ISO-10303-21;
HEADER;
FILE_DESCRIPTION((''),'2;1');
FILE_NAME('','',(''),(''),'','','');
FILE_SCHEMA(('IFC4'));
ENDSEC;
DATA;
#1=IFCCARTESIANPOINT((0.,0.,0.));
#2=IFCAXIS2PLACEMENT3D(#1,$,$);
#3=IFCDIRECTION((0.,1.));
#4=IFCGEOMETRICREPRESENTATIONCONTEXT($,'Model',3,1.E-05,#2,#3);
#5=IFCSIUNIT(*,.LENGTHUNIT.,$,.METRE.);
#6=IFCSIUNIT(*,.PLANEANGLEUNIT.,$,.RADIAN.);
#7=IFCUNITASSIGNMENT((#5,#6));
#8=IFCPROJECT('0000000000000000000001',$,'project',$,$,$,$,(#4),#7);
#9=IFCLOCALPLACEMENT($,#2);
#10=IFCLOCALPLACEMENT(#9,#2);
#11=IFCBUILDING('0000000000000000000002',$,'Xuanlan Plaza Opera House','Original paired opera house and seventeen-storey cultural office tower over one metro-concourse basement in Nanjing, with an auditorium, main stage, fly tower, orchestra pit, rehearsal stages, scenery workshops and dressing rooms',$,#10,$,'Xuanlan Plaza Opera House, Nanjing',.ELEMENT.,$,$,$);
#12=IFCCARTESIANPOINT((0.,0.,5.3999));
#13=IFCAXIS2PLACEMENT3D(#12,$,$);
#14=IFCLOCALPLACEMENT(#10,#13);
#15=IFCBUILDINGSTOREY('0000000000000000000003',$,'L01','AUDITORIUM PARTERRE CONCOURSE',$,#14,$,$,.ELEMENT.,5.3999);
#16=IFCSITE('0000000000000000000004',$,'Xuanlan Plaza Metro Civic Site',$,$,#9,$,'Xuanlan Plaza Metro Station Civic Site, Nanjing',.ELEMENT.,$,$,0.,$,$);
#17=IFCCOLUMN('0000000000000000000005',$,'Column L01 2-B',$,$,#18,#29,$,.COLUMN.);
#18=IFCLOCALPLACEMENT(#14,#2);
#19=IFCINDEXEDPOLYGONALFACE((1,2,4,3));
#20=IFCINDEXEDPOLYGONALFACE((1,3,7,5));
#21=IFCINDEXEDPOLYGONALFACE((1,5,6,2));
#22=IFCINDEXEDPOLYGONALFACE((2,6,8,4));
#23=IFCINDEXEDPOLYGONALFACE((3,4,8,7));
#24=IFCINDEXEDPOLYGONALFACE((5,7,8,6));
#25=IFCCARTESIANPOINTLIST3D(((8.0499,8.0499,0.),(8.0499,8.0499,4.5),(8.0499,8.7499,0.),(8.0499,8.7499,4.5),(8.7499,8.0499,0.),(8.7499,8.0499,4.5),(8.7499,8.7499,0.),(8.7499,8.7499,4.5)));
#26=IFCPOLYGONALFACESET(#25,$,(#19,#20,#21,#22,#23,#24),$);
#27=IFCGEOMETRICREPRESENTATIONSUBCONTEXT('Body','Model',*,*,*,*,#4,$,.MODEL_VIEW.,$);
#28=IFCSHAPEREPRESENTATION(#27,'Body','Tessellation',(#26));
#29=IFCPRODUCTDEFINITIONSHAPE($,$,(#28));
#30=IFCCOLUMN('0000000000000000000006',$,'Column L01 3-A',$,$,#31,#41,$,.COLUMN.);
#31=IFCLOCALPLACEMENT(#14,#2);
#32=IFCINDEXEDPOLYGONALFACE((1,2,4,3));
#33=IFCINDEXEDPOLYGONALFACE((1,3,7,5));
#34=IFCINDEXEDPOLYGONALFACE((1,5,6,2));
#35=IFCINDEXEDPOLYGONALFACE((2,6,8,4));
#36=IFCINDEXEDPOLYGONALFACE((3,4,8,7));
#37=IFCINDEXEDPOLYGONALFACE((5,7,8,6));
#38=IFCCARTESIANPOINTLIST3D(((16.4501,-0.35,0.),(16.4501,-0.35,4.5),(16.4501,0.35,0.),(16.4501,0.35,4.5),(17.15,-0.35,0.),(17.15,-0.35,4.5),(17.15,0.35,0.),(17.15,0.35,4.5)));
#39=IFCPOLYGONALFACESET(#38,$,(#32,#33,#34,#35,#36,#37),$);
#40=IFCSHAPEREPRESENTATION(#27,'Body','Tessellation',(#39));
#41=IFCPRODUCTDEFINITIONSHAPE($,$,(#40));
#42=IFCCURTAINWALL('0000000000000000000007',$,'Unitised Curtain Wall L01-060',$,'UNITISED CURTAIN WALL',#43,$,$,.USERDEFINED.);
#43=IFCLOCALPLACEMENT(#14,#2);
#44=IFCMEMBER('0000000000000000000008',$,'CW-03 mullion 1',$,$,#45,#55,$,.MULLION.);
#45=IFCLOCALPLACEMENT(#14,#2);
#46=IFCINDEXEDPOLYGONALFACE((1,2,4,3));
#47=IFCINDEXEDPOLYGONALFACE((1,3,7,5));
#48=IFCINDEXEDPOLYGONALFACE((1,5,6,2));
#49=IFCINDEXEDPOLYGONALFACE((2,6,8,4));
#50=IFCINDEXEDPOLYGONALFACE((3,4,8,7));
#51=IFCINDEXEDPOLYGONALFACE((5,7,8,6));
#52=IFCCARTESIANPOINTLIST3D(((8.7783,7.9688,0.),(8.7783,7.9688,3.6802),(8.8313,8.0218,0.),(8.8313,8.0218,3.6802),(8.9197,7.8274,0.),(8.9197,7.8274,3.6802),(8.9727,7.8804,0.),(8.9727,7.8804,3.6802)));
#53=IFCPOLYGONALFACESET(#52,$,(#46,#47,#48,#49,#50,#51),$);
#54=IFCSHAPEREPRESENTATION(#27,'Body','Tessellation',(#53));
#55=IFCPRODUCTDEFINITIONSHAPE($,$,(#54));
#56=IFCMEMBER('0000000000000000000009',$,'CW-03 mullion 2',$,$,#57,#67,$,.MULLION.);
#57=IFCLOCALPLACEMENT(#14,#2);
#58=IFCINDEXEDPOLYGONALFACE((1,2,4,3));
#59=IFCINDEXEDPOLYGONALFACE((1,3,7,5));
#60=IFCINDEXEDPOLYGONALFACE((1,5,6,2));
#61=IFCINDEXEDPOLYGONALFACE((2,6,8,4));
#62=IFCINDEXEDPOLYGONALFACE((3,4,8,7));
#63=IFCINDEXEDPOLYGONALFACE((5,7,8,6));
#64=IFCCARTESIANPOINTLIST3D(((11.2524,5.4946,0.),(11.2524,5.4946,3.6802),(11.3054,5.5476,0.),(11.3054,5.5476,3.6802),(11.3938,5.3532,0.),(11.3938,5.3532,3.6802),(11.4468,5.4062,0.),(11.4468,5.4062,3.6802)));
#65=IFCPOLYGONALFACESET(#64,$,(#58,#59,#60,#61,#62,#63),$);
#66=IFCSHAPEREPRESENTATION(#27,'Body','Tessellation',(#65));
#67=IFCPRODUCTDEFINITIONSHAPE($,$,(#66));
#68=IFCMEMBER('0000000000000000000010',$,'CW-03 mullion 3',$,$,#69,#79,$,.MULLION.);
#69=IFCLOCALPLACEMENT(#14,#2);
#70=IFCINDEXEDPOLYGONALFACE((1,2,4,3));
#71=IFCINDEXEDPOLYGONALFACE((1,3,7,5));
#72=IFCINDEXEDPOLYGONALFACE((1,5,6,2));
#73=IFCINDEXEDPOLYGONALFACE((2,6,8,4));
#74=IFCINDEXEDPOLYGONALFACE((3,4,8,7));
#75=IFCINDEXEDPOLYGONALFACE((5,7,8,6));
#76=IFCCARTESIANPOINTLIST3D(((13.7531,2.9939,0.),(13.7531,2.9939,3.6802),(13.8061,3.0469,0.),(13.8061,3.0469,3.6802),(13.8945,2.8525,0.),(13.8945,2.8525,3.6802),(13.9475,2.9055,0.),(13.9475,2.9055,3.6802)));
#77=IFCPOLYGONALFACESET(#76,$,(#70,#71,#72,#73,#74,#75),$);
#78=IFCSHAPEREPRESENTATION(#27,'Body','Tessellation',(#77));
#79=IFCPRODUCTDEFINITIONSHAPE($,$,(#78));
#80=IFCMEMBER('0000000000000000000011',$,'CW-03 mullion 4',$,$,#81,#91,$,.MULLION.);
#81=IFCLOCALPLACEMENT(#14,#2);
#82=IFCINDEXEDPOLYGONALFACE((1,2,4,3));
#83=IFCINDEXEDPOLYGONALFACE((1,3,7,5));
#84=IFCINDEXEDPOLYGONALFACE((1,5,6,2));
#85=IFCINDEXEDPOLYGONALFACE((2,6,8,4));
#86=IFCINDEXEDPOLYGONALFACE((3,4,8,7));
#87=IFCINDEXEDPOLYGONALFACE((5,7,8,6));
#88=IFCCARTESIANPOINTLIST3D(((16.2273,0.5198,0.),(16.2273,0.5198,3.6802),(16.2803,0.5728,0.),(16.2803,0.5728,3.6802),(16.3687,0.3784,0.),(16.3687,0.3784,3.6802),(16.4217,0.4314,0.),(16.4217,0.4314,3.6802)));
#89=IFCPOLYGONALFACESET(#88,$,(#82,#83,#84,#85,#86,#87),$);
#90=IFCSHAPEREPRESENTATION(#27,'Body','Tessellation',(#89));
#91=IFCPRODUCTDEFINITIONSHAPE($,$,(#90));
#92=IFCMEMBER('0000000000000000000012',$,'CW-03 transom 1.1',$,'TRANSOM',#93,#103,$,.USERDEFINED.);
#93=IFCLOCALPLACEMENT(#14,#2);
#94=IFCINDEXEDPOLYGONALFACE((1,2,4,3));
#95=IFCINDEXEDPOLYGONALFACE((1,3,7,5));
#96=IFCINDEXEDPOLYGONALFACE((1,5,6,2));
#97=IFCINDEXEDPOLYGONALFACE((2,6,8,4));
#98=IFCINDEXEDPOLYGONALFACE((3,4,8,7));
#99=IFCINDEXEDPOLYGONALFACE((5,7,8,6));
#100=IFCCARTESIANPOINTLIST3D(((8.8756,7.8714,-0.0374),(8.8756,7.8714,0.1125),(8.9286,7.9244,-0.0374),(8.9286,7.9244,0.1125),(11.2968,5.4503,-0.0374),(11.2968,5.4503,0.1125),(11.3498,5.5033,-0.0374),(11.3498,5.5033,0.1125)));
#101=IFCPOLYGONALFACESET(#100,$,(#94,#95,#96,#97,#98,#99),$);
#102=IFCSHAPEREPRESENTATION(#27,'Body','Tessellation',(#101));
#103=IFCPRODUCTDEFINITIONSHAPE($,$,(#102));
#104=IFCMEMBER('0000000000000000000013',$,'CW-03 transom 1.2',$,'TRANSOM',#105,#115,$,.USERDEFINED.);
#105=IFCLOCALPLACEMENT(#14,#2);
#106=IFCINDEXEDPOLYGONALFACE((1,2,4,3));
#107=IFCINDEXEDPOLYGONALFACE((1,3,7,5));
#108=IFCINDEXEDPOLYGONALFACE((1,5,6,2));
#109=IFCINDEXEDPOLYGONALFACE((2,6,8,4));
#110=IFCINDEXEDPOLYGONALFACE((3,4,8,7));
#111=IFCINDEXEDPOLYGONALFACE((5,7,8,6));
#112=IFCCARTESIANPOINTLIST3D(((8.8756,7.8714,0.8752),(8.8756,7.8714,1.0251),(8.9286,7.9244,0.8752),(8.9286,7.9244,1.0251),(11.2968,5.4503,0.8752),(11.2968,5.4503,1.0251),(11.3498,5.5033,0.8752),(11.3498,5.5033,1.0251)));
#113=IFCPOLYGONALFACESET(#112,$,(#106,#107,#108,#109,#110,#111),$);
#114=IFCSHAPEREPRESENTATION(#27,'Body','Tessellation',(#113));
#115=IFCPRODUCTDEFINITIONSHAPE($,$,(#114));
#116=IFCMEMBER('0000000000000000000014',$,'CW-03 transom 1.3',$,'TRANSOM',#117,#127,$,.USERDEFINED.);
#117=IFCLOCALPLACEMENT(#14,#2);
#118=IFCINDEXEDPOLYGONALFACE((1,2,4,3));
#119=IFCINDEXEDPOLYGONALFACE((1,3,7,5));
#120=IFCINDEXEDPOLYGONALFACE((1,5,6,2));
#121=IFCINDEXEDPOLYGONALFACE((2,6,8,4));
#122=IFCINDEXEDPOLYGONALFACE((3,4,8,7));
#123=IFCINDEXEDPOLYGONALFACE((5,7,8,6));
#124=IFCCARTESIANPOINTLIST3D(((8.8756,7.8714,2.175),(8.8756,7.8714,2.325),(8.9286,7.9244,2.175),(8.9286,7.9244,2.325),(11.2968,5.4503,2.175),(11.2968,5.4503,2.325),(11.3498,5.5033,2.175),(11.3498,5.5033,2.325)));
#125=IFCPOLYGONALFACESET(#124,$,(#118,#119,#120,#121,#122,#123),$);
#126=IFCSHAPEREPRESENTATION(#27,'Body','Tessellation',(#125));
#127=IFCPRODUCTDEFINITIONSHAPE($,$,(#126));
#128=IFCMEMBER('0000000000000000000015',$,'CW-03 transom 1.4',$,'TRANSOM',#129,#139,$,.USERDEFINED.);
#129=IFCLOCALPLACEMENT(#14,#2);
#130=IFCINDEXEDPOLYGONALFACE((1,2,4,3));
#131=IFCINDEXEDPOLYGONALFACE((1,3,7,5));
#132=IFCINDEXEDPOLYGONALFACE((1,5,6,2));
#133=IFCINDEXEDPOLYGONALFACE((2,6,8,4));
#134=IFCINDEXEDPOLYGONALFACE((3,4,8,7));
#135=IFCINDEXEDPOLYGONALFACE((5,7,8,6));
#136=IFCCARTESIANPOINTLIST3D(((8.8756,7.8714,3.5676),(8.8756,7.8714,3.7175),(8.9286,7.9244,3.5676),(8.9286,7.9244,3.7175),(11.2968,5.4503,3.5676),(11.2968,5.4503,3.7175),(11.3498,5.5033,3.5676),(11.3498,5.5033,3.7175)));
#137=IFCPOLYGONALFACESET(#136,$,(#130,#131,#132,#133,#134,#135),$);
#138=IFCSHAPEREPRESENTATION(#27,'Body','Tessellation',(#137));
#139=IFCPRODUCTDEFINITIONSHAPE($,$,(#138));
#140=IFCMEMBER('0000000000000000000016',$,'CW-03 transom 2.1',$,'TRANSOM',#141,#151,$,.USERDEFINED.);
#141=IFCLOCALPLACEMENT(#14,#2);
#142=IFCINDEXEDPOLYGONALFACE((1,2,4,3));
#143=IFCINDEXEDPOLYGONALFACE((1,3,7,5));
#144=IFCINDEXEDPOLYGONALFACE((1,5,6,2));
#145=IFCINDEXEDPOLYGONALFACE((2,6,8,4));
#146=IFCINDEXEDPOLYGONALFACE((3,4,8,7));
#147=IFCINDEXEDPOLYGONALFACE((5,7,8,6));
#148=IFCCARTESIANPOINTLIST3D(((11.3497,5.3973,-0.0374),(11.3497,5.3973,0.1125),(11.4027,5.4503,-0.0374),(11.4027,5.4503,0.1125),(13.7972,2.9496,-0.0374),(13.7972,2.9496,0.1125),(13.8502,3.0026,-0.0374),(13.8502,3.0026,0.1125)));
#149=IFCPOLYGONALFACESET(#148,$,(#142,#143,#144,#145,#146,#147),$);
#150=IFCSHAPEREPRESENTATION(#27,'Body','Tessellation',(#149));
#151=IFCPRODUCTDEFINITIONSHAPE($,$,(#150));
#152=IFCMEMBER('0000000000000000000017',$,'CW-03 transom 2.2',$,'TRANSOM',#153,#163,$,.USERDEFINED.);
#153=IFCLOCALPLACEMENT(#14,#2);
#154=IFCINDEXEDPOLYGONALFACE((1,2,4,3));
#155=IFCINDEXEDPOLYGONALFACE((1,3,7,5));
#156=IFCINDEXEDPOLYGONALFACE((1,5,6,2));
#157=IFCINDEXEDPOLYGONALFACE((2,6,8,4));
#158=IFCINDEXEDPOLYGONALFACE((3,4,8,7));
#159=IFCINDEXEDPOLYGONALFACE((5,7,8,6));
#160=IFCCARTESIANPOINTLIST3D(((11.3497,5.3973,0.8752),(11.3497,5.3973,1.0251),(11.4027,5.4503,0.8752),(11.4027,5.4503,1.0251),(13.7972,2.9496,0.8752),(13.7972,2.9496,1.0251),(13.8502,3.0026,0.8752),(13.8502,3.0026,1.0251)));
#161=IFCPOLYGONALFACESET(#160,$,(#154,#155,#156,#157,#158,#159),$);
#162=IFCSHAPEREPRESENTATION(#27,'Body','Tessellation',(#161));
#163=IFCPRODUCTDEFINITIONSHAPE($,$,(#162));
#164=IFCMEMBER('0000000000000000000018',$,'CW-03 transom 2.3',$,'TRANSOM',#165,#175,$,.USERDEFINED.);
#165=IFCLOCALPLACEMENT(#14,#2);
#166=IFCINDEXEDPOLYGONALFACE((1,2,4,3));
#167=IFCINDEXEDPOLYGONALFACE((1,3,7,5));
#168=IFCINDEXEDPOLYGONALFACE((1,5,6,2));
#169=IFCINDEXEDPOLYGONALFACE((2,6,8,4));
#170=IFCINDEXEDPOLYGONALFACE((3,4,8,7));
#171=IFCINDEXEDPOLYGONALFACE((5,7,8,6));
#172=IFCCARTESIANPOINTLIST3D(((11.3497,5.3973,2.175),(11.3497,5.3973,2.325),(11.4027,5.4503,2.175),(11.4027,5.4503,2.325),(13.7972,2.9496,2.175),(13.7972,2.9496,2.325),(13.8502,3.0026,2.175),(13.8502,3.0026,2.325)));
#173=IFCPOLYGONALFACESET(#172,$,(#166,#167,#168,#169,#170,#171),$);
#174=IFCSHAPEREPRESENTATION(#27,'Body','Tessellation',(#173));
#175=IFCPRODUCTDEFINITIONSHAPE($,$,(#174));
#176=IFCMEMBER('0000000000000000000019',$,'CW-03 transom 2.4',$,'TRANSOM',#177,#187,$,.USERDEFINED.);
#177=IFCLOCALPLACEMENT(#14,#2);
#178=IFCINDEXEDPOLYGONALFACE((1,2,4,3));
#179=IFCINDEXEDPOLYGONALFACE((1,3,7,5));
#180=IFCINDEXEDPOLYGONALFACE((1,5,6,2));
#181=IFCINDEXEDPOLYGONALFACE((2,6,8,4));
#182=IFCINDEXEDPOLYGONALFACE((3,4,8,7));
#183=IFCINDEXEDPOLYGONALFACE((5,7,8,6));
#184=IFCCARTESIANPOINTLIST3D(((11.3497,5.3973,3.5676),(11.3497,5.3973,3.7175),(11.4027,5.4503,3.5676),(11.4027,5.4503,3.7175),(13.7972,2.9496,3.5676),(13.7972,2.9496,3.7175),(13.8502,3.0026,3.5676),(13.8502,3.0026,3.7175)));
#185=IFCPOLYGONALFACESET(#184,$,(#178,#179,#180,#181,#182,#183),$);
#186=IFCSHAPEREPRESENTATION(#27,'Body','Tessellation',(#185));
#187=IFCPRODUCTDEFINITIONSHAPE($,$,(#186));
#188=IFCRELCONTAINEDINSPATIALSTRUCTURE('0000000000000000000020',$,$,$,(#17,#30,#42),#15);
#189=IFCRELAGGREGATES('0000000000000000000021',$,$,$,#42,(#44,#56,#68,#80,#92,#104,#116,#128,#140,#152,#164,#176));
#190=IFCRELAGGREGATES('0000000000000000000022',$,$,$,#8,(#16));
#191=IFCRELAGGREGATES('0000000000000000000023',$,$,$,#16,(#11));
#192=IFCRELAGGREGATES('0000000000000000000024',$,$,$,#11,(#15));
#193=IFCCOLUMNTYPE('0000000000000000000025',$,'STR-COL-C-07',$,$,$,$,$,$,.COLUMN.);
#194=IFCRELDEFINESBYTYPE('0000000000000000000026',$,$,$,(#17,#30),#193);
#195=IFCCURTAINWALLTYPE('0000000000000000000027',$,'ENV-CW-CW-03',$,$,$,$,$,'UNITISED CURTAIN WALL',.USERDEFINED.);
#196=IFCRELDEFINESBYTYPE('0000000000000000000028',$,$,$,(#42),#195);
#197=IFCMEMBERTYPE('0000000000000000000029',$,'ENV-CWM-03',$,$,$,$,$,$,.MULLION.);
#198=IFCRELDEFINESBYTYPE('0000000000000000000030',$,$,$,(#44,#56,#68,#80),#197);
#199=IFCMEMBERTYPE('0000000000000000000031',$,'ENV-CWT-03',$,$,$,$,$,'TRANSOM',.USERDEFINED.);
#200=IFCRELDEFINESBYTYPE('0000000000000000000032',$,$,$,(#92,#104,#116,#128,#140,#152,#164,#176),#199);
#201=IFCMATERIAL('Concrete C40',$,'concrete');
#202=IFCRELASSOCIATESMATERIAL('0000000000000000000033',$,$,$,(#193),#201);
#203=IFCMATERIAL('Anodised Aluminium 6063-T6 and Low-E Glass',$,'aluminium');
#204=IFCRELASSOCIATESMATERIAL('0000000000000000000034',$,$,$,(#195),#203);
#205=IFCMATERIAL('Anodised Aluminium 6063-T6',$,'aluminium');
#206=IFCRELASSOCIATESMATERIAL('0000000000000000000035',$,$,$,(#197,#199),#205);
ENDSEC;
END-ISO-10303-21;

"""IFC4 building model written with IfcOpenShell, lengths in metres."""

from ifc_helpers import new_model, si_unit, direction, frame, origin, origin_2d, place, context, subcontext, project, spatial, rectangle, extrude, material, material_profile, profile_set, type_object, element, aggregate, save


model = new_model("IFC4")

# Units and contexts
model_context = context("Model", 3, precision=1e-05, world=origin(), true_north=direction((0.0, 1.0)))
body_context = subcontext(model_context, "Body", "Model", "MODEL_VIEW")
ifc_project = project(units=[si_unit("LENGTHUNIT", "METRE"), si_unit("PLANEANGLEUNIT", "RADIAN")], contexts=[model_context])

# Site, building, storey
site_placement = place(None, origin())
site = spatial("IfcSite", under=ifc_project, at=site_placement, Name="Xuanlan Plaza Metro Civic Site", LongName="Xuanlan Plaza Metro Station Civic Site, Nanjing", CompositionType="ELEMENT", RefElevation=0.0)
building_placement = place(site_placement, origin())
building = spatial("IfcBuilding", under=site, at=building_placement, Name="Xuanlan Plaza Opera House", Description="Original paired opera house and seventeen-storey cultural office tower over one metro-concourse basement in Nanjing, with an auditorium, main stage, fly tower, orchestra pit, rehearsal stages, scenery workshops and dressing rooms", LongName="Xuanlan Plaza Opera House, Nanjing", CompositionType="ELEMENT")
storey_placement = place(building_placement, frame((0.0, 0.0, 5.3999)))
storey = spatial("IfcBuildingStorey", under=building, at=storey_placement, Name="L01", Description="AUDITORIUM PARTERRE CONCOURSE", CompositionType="ELEMENT", Elevation=5.3999)

# Columns
ifc_material_1 = material(Name="Concrete C40", Category="concrete")
ifc_material_profile_1 = material_profile(ifc_material_1, rectangle(XDim=0.7, YDim=0.7, at=origin_2d()), Name="RC-COL 700x700")
ifc_profile_set_1 = profile_set([ifc_material_profile_1], Name="Concrete C40")
column_type = type_object("IfcColumnType", Name="STR-COL-C-07", PredefinedType="COLUMN", material=ifc_profile_set_1)
for number, where, z_axis, x_axis, name in (
    (1, (8.3999, 8.3999, 0.0), (0.0, 0.0, 1.0), (1.0, 0.0, 0.0), "Column L01 2-B"),
    (2, (16.8, 0.0, 0.0), (0.0, 0.0, 1.0), (1.0, 0.0, 0.0), "Column L01 3-A"),
):
    element("IfcColumn", number, at=place(storey_placement, frame(where, z_axis=z_axis, x_axis=x_axis)), inside=storey, type_object=column_type, Name=name, PredefinedType="COLUMN", context=body_context, shape_type="SweptSolid", body=[
        extrude(rectangle(XDim=0.7, YDim=0.7, at=origin_2d()), origin(), (0.0, 0.0, 1.0), 4.5),
    ])

# Curtain wall, members
ifc_material_2 = material(Name="Anodised Aluminium 6063-T6 and Low-E Glass", Category="aluminium")
curtain_wall_type = type_object("IfcCurtainWallType", Name="ENV-CW-CW-03", ElementType="UNITISED CURTAIN WALL", PredefinedType="USERDEFINED", material=ifc_material_2)
curtain_wall_placement = place(storey_placement, origin())
curtain_wall = element("IfcCurtainWall", 3, at=curtain_wall_placement, inside=storey, type_object=curtain_wall_type, Name="Unitised Curtain Wall L01-060", ObjectType="UNITISED CURTAIN WALL", PredefinedType="USERDEFINED")
ifc_material_3 = material(Name="Anodised Aluminium 6063-T6", Category="aluminium")
ifc_material_profile_2 = material_profile(ifc_material_3, rectangle(XDim=0.075, YDim=0.2, at=origin_2d()), Name="ALU-M 75x200")
ifc_profile_set_2 = profile_set([ifc_material_profile_2], Name="Anodised Aluminium 6063-T6")
member_type_1 = type_object("IfcMemberType", Name="ENV-CWM-03", PredefinedType="MULLION", material=ifc_profile_set_2)
member_1_placement = place(storey_placement, frame((8.8755, 7.9246, 0.0), z_axis=(0.0, 0.0, 1.0), x_axis=(0.707107, 0.707107, 0.0)))
member_1 = element("IfcMember", 4, at=member_1_placement, type_object=member_type_1, Name="CW-03 mullion 1", PredefinedType="MULLION", context=body_context, shape_type="SweptSolid", body=[
    extrude(rectangle(XDim=0.075, YDim=0.2, at=origin_2d()), origin(), (0.0, 0.0, 1.0), 3.6802),
])
member_2_placement = place(storey_placement, frame((11.3496, 5.4504, 0.0), z_axis=(0.0, 0.0, 1.0), x_axis=(0.707107, 0.707107, 0.0)))
member_2 = element("IfcMember", 5, at=member_2_placement, type_object=member_type_1, Name="CW-03 mullion 2", PredefinedType="MULLION", context=body_context, shape_type="SweptSolid", body=[
    extrude(rectangle(XDim=0.075, YDim=0.2, at=origin_2d()), origin(), (0.0, 0.0, 1.0), 3.6802),
])
member_3_placement = place(storey_placement, frame((13.8503, 2.9497, 0.0), z_axis=(0.0, 0.0, 1.0), x_axis=(0.707107, 0.707107, 0.0)))
member_3 = element("IfcMember", 6, at=member_3_placement, type_object=member_type_1, Name="CW-03 mullion 3", PredefinedType="MULLION", context=body_context, shape_type="SweptSolid", body=[
    extrude(rectangle(XDim=0.075, YDim=0.2, at=origin_2d()), origin(), (0.0, 0.0, 1.0), 3.6802),
])
member_4_placement = place(storey_placement, frame((16.3245, 0.4756, 0.0), z_axis=(0.0, 0.0, 1.0), x_axis=(0.707107, 0.707107, 0.0)))
member_4 = element("IfcMember", 7, at=member_4_placement, type_object=member_type_1, Name="CW-03 mullion 4", PredefinedType="MULLION", context=body_context, shape_type="SweptSolid", body=[
    extrude(rectangle(XDim=0.075, YDim=0.2, at=origin_2d()), origin(), (0.0, 0.0, 1.0), 3.6802),
])
ifc_material_profile_3 = material_profile(ifc_material_3, rectangle(XDim=0.075, YDim=0.1499, at=origin_2d()), Name="ALU-T 75x150")
ifc_profile_set_3 = profile_set([ifc_material_profile_3], Name="Anodised Aluminium 6063-T6")
member_type_2 = type_object("IfcMemberType", Name="ENV-CWT-03", ElementType="TRANSOM", PredefinedType="USERDEFINED", material=ifc_profile_set_3)
member_5_placement = place(storey_placement, frame((8.9021, 7.8979, 0.0376), z_axis=(0.707107, -0.707107, 0.0), x_axis=(0.707107, 0.707107, 0.0)))
member_5 = element("IfcMember", 8, at=member_5_placement, type_object=member_type_2, Name="CW-03 transom 1.1", ObjectType="TRANSOM", PredefinedType="USERDEFINED", context=body_context, shape_type="SweptSolid", body=[
    extrude(rectangle(XDim=0.075, YDim=0.1499, at=origin_2d()), origin(), (0.0, 0.0, 1.0), 3.4241),
])
member_6_placement = place(storey_placement, frame((8.9021, 7.8979, 0.9502), z_axis=(0.707107, -0.707107, 0.0), x_axis=(0.707107, 0.707107, 0.0)))
member_6 = element("IfcMember", 9, at=member_6_placement, type_object=member_type_2, Name="CW-03 transom 1.2", ObjectType="TRANSOM", PredefinedType="USERDEFINED", context=body_context, shape_type="SweptSolid", body=[
    extrude(rectangle(XDim=0.075, YDim=0.1499, at=origin_2d()), origin(), (0.0, 0.0, 1.0), 3.4241),
])
member_7_placement = place(storey_placement, frame((8.9021, 7.8979, 2.25), z_axis=(0.707107, -0.707107, 0.0), x_axis=(0.707107, 0.707107, 0.0)))
member_7 = element("IfcMember", 10, at=member_7_placement, type_object=member_type_2, Name="CW-03 transom 1.3", ObjectType="TRANSOM", PredefinedType="USERDEFINED", context=body_context, shape_type="SweptSolid", body=[
    extrude(rectangle(XDim=0.075, YDim=0.1499, at=origin_2d()), origin(), (0.0, 0.0, 1.0), 3.4241),
])
member_8_placement = place(storey_placement, frame((8.9021, 7.8979, 3.6426), z_axis=(0.707107, -0.707107, 0.0), x_axis=(0.707107, 0.707107, 0.0)))
member_8 = element("IfcMember", 11, at=member_8_placement, type_object=member_type_2, Name="CW-03 transom 1.4", ObjectType="TRANSOM", PredefinedType="USERDEFINED", context=body_context, shape_type="SweptSolid", body=[
    extrude(rectangle(XDim=0.075, YDim=0.1499, at=origin_2d()), origin(), (0.0, 0.0, 1.0), 3.4241),
])
member_9_placement = place(storey_placement, frame((11.3762, 5.4238, 0.0376), z_axis=(0.707072, -0.707142, 0.0), x_axis=(0.707142, 0.707072, 0.0)))
member_9 = element("IfcMember", 12, at=member_9_placement, type_object=member_type_2, Name="CW-03 transom 2.1", ObjectType="TRANSOM", PredefinedType="USERDEFINED", context=body_context, shape_type="SweptSolid", body=[
    extrude(rectangle(XDim=0.075, YDim=0.1499, at=origin_2d()), origin(), (0.0, 0.0, 1.0), 3.4614),
])
member_10_placement = place(storey_placement, frame((11.3762, 5.4238, 0.9502), z_axis=(0.707072, -0.707142, 0.0), x_axis=(0.707142, 0.707072, 0.0)))
member_10 = element("IfcMember", 13, at=member_10_placement, type_object=member_type_2, Name="CW-03 transom 2.2", ObjectType="TRANSOM", PredefinedType="USERDEFINED", context=body_context, shape_type="SweptSolid", body=[
    extrude(rectangle(XDim=0.075, YDim=0.1499, at=origin_2d()), origin(), (0.0, 0.0, 1.0), 3.4614),
])
member_11_placement = place(storey_placement, frame((11.3762, 5.4238, 2.25), z_axis=(0.707072, -0.707142, 0.0), x_axis=(0.707142, 0.707072, 0.0)))
member_11 = element("IfcMember", 14, at=member_11_placement, type_object=member_type_2, Name="CW-03 transom 2.3", ObjectType="TRANSOM", PredefinedType="USERDEFINED", context=body_context, shape_type="SweptSolid", body=[
    extrude(rectangle(XDim=0.075, YDim=0.1499, at=origin_2d()), origin(), (0.0, 0.0, 1.0), 3.4614),
])
member_12_placement = place(storey_placement, frame((11.3762, 5.4238, 3.6426), z_axis=(0.707072, -0.707142, 0.0), x_axis=(0.707142, 0.707072, 0.0)))
member_12 = element("IfcMember", 15, at=member_12_placement, type_object=member_type_2, Name="CW-03 transom 2.4", ObjectType="TRANSOM", PredefinedType="USERDEFINED", context=body_context, shape_type="SweptSolid", body=[
    extrude(rectangle(XDim=0.075, YDim=0.1499, at=origin_2d()), origin(), (0.0, 0.0, 1.0), 3.4614),
])

aggregate(curtain_wall, [member_1, member_2, member_3, member_4, member_5, member_6, member_7, member_8, member_9, member_10, member_11, member_12])

save(model, "model.ifc")
